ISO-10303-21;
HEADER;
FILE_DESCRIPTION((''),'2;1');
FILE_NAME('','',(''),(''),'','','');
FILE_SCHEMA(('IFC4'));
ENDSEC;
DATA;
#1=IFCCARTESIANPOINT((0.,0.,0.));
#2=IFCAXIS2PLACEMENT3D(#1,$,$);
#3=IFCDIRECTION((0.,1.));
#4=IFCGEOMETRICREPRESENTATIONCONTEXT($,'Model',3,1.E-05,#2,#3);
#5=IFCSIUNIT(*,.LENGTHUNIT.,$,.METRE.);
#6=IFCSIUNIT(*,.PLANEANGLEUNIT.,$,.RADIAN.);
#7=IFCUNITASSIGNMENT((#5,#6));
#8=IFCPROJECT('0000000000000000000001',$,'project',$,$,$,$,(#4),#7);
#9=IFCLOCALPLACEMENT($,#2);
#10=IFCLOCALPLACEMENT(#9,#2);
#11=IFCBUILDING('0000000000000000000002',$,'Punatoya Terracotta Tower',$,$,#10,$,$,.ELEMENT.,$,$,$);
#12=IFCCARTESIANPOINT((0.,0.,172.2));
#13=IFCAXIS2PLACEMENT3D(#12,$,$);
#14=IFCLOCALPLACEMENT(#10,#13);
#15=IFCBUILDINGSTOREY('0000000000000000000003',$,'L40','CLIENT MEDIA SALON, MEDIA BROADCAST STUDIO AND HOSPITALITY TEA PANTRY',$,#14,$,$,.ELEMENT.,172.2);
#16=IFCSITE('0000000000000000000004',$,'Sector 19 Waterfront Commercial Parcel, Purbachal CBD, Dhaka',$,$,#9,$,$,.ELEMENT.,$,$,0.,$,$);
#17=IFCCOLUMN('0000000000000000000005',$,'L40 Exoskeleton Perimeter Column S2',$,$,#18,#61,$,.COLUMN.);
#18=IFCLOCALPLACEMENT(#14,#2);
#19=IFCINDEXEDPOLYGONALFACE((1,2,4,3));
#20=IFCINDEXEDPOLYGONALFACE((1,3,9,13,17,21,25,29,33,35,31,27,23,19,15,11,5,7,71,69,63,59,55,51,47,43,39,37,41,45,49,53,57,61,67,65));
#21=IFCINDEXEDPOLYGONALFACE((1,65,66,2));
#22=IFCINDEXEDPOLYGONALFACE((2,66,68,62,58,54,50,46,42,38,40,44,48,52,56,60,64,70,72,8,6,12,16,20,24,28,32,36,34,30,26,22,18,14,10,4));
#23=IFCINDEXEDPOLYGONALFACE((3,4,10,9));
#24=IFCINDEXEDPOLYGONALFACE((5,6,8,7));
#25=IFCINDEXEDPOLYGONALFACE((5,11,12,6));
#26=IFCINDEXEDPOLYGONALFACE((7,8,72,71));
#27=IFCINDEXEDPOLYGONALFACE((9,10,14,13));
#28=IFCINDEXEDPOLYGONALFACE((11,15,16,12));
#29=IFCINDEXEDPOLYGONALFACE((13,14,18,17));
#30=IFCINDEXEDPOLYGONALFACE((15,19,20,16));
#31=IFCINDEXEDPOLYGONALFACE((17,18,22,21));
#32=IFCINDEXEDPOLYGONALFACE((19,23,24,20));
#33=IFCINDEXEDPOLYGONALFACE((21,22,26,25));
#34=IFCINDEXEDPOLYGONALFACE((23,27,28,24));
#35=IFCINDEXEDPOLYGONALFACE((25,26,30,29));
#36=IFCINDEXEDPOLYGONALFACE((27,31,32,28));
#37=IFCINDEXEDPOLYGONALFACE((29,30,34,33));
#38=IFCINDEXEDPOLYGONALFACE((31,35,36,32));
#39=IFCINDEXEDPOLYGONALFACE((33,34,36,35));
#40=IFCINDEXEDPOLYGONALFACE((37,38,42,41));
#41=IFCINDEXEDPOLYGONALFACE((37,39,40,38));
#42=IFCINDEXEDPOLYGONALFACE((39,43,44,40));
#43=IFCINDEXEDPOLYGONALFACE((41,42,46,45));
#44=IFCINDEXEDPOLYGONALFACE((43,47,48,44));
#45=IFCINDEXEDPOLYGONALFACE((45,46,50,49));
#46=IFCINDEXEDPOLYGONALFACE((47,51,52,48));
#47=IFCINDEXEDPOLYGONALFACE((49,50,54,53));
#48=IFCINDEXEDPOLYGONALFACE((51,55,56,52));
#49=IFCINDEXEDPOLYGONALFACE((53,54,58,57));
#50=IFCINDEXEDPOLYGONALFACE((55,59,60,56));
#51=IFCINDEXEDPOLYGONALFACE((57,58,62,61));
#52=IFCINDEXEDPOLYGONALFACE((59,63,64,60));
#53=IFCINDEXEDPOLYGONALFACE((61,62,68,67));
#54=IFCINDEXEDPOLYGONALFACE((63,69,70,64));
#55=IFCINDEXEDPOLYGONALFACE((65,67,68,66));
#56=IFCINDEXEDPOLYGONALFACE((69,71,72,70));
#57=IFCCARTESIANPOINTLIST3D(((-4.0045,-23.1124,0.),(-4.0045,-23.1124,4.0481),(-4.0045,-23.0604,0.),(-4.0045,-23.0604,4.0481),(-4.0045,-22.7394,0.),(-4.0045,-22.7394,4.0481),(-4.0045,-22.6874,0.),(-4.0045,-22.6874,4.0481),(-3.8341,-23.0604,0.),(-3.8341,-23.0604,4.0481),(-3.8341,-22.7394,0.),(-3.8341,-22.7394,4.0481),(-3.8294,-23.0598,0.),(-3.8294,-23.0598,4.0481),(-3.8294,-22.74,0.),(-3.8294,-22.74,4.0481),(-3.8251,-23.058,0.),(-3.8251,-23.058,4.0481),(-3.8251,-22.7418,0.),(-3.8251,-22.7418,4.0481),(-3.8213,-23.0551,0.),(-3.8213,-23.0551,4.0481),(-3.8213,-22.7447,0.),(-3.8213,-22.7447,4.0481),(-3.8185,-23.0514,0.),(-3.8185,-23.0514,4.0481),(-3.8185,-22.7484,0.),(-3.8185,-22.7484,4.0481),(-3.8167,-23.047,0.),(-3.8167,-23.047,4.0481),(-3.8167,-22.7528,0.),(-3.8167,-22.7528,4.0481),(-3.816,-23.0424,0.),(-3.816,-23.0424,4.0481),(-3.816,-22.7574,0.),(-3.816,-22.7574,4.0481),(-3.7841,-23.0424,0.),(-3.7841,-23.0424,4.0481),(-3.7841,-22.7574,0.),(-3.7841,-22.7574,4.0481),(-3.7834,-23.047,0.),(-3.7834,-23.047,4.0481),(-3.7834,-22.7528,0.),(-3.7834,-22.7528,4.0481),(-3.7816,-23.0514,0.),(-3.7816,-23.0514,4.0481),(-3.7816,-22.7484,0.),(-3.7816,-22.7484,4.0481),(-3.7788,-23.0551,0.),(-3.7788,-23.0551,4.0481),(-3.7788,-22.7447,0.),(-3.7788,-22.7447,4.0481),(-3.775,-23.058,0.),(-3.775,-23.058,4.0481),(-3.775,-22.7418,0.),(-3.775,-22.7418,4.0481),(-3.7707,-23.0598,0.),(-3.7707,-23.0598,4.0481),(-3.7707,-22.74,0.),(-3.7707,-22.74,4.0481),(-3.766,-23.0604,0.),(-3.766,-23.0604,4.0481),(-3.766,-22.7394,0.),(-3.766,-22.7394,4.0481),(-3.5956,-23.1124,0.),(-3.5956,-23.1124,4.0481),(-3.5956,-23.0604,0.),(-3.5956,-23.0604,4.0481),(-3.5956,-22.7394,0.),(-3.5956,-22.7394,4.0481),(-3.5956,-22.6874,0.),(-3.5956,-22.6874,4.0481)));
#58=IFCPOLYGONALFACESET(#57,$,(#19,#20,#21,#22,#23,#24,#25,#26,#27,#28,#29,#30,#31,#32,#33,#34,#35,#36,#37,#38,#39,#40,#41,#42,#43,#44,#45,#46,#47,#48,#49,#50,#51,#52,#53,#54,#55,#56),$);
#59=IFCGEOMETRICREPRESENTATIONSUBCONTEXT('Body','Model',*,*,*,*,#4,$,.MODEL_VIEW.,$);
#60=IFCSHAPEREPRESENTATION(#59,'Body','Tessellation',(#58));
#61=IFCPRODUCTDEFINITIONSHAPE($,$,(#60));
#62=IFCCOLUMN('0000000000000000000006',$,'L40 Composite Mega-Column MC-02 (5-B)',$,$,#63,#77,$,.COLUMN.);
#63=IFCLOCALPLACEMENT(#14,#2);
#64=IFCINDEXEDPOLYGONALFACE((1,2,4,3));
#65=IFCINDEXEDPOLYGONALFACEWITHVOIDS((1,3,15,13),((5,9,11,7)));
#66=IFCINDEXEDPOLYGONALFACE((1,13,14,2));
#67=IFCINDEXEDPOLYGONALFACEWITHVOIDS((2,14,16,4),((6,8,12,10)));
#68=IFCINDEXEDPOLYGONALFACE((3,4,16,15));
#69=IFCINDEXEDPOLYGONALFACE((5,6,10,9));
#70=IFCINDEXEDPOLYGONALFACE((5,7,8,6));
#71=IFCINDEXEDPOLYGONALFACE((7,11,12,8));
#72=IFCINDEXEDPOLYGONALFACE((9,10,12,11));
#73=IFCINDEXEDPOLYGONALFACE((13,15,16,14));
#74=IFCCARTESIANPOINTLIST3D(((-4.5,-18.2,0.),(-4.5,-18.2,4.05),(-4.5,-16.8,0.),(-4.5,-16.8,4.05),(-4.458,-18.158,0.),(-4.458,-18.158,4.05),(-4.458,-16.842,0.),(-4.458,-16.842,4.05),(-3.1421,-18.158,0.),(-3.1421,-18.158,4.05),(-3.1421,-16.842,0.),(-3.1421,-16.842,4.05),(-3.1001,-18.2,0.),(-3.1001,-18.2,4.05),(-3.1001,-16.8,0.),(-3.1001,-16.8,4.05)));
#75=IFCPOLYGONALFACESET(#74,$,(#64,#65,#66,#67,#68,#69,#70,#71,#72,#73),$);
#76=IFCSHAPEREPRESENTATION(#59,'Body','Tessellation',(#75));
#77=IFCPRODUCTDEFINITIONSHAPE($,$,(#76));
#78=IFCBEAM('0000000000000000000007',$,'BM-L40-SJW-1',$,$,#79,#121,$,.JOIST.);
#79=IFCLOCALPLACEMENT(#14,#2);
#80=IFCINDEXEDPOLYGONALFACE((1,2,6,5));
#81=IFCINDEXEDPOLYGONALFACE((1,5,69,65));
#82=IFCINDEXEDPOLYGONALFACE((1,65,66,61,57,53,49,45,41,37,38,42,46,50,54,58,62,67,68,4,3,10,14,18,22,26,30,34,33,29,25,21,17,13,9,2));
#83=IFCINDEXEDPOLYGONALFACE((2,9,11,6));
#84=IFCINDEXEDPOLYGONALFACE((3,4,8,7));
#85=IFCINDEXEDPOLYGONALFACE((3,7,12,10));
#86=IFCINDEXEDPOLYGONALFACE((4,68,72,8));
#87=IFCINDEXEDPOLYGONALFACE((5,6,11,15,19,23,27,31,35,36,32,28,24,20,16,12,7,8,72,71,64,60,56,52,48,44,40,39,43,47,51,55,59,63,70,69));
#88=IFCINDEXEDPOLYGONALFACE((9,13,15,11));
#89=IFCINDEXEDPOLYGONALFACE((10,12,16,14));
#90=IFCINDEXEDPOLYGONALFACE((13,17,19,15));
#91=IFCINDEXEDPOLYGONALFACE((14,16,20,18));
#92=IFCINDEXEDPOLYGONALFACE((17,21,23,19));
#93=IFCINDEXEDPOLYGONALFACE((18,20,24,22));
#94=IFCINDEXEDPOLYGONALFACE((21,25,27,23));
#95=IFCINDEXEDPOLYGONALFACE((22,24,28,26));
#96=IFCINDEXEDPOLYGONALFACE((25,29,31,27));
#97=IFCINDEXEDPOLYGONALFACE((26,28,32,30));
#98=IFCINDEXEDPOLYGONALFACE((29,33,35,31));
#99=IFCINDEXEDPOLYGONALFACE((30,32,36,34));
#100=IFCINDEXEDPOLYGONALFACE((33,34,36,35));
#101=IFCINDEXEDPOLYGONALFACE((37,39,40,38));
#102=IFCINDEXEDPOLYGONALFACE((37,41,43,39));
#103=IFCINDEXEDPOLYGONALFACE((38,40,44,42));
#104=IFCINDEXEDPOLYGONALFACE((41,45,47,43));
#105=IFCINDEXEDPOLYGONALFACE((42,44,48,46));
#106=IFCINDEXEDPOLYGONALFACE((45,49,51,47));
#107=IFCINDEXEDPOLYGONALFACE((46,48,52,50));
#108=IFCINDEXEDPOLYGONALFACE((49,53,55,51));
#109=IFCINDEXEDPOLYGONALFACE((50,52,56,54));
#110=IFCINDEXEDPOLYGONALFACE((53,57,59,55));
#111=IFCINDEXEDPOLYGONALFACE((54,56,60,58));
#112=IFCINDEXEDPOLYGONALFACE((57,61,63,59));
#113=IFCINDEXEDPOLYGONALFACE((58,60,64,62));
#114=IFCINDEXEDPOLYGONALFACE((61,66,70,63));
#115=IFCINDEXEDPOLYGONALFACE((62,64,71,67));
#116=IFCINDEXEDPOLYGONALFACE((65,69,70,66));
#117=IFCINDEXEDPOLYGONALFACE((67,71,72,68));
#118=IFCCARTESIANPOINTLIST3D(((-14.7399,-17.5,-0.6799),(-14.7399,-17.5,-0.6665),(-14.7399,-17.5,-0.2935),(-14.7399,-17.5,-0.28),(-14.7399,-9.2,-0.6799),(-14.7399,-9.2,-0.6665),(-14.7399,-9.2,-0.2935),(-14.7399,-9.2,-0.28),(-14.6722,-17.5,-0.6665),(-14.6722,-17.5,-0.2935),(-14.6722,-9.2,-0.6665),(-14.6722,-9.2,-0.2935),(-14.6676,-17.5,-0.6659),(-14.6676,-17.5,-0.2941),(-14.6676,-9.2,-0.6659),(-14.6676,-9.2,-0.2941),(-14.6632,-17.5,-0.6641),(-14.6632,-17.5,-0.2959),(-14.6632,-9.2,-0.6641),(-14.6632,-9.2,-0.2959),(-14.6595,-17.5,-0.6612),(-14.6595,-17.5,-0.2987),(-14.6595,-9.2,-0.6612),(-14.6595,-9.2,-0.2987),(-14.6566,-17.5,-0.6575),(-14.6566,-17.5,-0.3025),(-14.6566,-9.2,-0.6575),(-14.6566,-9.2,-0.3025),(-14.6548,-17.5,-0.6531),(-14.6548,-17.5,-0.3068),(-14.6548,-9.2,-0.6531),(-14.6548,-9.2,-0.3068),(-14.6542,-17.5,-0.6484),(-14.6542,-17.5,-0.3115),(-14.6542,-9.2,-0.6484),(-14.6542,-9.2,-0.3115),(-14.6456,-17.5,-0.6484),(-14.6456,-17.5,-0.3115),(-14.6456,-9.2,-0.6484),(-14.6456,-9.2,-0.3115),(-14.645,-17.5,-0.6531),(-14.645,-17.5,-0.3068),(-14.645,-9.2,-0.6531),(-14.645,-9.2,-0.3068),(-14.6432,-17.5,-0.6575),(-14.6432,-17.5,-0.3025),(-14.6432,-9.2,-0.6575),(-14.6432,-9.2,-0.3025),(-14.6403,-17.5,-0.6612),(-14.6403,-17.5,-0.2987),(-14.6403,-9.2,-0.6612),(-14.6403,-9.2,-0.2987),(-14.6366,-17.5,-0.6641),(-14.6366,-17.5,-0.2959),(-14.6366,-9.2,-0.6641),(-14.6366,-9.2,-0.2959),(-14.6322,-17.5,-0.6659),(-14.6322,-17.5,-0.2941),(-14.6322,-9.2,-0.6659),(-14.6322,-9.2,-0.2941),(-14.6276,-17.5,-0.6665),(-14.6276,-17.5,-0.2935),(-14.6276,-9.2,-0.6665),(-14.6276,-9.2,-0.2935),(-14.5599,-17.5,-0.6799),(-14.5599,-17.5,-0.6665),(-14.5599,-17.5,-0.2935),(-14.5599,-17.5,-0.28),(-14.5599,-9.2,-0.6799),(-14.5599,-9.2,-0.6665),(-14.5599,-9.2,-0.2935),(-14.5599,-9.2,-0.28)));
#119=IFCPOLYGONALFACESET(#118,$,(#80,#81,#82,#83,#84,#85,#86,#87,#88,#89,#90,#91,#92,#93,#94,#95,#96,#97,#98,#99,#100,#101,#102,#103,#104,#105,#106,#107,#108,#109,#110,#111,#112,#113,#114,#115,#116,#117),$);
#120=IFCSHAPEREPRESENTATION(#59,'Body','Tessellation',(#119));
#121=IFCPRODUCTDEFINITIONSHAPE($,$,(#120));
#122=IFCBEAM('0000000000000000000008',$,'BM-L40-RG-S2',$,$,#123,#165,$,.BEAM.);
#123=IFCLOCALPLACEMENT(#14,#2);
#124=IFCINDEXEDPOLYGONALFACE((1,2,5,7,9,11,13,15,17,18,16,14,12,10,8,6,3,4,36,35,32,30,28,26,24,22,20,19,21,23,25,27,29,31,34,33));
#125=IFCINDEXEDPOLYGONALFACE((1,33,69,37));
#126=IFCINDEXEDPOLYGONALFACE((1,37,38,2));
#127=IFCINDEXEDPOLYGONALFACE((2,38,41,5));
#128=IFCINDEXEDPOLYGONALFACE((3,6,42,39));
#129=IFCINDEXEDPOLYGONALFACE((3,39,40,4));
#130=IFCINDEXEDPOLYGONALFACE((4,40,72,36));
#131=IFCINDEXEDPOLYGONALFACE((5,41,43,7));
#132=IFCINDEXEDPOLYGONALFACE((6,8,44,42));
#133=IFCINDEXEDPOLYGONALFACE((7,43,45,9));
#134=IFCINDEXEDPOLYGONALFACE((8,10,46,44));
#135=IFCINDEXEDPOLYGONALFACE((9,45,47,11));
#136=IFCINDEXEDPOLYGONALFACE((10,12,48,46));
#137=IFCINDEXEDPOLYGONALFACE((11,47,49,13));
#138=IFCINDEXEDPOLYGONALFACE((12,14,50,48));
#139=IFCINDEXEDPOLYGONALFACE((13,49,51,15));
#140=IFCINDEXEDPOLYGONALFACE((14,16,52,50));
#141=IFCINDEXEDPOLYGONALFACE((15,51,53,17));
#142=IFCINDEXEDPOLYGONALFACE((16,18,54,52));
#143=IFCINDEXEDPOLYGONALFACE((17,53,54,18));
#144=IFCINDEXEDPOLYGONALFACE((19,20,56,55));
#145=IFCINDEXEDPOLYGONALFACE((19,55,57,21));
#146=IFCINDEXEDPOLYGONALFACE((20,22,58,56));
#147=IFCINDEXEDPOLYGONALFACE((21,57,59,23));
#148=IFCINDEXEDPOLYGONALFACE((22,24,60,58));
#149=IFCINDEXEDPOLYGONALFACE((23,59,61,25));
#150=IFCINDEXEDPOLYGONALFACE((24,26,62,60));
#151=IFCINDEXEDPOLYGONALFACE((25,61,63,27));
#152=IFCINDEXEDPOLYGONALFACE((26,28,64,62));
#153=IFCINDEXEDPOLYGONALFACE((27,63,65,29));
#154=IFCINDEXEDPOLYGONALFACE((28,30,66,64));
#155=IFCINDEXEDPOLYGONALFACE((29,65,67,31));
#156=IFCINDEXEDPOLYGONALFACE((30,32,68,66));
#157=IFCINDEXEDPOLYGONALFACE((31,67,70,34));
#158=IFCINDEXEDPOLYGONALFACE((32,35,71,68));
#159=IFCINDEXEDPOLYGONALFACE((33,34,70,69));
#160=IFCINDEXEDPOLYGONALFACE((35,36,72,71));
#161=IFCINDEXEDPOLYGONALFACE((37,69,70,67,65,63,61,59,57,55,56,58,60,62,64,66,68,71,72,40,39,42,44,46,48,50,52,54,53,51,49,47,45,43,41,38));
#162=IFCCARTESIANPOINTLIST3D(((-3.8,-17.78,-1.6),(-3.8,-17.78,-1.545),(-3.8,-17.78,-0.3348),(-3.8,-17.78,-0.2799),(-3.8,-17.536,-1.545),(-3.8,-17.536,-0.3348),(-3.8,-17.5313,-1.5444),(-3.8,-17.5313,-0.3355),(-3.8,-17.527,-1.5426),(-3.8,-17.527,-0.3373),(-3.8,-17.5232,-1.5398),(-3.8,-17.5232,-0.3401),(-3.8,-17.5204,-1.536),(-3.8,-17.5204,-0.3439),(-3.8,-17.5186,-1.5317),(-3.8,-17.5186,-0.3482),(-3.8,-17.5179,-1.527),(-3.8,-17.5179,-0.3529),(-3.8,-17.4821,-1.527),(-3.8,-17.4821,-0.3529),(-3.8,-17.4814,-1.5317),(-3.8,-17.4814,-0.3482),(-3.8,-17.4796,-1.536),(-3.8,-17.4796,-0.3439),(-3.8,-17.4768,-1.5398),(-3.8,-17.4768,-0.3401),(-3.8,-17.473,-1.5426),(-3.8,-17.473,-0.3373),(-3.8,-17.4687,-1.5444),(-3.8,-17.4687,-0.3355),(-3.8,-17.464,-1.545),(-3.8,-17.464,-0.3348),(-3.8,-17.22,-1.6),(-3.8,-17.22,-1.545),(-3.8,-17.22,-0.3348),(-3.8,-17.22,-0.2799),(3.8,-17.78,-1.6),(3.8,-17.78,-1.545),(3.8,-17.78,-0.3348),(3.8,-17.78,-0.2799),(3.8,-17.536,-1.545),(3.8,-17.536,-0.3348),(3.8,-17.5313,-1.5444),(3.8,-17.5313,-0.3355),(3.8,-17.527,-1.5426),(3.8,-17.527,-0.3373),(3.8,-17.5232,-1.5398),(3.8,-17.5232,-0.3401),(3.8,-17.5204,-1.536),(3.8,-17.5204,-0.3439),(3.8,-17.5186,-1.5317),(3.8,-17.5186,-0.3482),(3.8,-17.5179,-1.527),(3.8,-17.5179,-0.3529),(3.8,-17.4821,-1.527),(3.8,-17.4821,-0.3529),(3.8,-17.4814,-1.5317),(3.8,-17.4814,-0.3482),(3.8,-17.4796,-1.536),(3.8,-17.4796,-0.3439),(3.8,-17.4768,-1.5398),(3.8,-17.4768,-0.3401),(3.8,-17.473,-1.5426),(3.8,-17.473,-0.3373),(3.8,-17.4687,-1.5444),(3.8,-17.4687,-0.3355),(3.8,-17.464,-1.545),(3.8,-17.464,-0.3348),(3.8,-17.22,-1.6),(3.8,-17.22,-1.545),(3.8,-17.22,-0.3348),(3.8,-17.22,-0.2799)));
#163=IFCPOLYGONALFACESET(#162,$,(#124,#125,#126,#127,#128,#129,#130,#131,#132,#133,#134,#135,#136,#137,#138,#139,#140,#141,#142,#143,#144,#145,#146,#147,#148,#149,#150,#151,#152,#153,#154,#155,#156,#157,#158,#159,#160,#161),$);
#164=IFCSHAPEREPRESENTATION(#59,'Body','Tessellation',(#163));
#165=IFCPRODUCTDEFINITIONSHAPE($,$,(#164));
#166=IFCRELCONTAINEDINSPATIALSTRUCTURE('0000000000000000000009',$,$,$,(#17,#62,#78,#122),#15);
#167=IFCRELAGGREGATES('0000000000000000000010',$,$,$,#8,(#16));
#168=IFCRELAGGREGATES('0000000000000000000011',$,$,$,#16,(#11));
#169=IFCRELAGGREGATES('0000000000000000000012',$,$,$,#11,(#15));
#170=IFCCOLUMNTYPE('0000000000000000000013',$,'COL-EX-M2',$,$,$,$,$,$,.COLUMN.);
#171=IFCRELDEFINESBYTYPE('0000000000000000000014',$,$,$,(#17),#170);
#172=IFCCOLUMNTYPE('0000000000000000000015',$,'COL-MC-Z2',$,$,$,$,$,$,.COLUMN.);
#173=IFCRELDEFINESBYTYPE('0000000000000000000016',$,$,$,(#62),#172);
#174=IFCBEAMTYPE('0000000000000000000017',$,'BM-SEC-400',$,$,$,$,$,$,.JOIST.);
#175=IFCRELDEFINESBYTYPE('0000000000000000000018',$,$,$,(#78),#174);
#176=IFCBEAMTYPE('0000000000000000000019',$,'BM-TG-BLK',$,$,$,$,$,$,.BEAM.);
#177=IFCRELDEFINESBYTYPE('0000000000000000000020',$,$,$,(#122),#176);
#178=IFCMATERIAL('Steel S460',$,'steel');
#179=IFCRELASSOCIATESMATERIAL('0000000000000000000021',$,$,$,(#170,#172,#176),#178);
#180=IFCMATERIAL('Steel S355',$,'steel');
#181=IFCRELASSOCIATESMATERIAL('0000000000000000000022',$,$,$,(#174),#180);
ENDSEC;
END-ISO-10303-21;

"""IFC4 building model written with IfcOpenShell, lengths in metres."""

from ifc_helpers import new_model, si_unit, direction, frame, origin, origin_2d, place, context, subcontext, project, spatial, hollow_rectangle, i_section, extrude, material, material_profile, profile_set, type_object, element, save


model = new_model("IFC4")

# Units and contexts
model_context = context("Model", 3, precision=1e-05, world=origin(), true_north=direction((0.0, 1.0)))
body_context = subcontext(model_context, "Body", "Model", "MODEL_VIEW")
ifc_project = project(units=[si_unit("LENGTHUNIT", "METRE"), si_unit("PLANEANGLEUNIT", "RADIAN")], contexts=[model_context])

# Site, building, storey
site_placement = place(None, origin())
site = spatial("IfcSite", under=ifc_project, at=site_placement, Name="Sector 19 Waterfront Commercial Parcel, Purbachal CBD, Dhaka", CompositionType="ELEMENT", RefElevation=0.0)
building_placement = place(site_placement, origin())
building = spatial("IfcBuilding", under=site, at=building_placement, Name="Punatoya Terracotta Tower", CompositionType="ELEMENT")
storey_placement = place(building_placement, frame((0.0, 0.0, 172.2)))
storey = spatial("IfcBuildingStorey", under=building, at=storey_placement, Name="L40", Description="CLIENT MEDIA SALON, MEDIA BROADCAST STUDIO AND HOSPITALITY TEA PANTRY", CompositionType="ELEMENT", Elevation=172.2)

# Columns
ifc_material_1 = material(Name="Steel S460", Category="steel")
ifc_material_profile_1 = material_profile(ifc_material_1, i_section(OverallWidth=0.4089, OverallDepth=0.425, WebThickness=0.032, FlangeThickness=0.052, FilletRadius=0.0181, at=origin_2d()))
ifc_profile_set_1 = profile_set([ifc_material_profile_1], Name="Steel S460")
column_type_1 = type_object("IfcColumnType", Name="COL-EX-M2", PredefinedType="COLUMN", material=ifc_profile_set_1)
column_1_placement = place(storey_placement, frame((-3.8, -22.8999, 0.0), z_axis=(0.0, 0.0, 1.0), x_axis=(1.0, 0.0, 0.0)))
element("IfcColumn", 1, at=column_1_placement, inside=storey, type_object=column_type_1, Name="L40 Exoskeleton Perimeter Column S2", PredefinedType="COLUMN", context=body_context, shape_type="SweptSolid", body=[
    extrude(i_section(OverallWidth=0.4089, OverallDepth=0.425, WebThickness=0.032, FlangeThickness=0.052, FilletRadius=0.0181, at=origin_2d()), origin(), (0.0, 0.0, 1.0), 4.0481),
])
ifc_material_profile_2 = material_profile(ifc_material_1, hollow_rectangle(XDim=1.3999, YDim=1.3999, WallThickness=0.042, at=origin_2d()))
ifc_profile_set_2 = profile_set([ifc_material_profile_2], Name="Steel S460")
column_type_2 = type_object("IfcColumnType", Name="COL-MC-Z2", PredefinedType="COLUMN", material=ifc_profile_set_2)
column_2_placement = place(storey_placement, frame((-3.8, -17.5, 0.0), z_axis=(0.0, 0.0, 1.0), x_axis=(1.0, 0.0, 0.0)))
element("IfcColumn", 2, at=column_2_placement, inside=storey, type_object=column_type_2, Name="L40 Composite Mega-Column MC-02 (5-B)", PredefinedType="COLUMN", context=body_context, shape_type="SweptSolid", body=[
    extrude(hollow_rectangle(XDim=1.3999, YDim=1.3999, WallThickness=0.042, at=origin_2d()), origin(), (0.0, 0.0, 1.0), 4.05),
])

# Beams
ifc_material_2 = material(Name="Steel S355", Category="steel")
ifc_material_profile_3 = material_profile(ifc_material_2, i_section(OverallWidth=0.1799, OverallDepth=0.3999, WebThickness=0.0085, FlangeThickness=0.0134, FilletRadius=0.0181, at=origin_2d()))
ifc_profile_set_3 = profile_set([ifc_material_profile_3], Name="Steel S355")
beam_type_1 = type_object("IfcBeamType", Name="BM-SEC-400", PredefinedType="JOIST", material=ifc_profile_set_3)
beam_1_placement = place(storey_placement, frame((-14.6499, -17.5, -0.48), z_axis=(0.0, 1.0, 0.0), x_axis=(-1.0, 0.0, 0.0)))
element("IfcBeam", 3, at=beam_1_placement, inside=storey, type_object=beam_type_1, Name="BM-L40-SJW-1", PredefinedType="JOIST", context=body_context, shape_type="SweptSolid", body=[
    extrude(i_section(OverallWidth=0.1799, OverallDepth=0.3999, WebThickness=0.0085, FlangeThickness=0.0134, FilletRadius=0.0181, at=origin_2d()), origin(), (0.0, 0.0, 1.0), 8.3),
])
ifc_material_profile_4 = material_profile(ifc_material_1, i_section(OverallWidth=0.5601, OverallDepth=1.3201, WebThickness=0.0359, FlangeThickness=0.0549, FilletRadius=0.0181, at=origin_2d()))
ifc_profile_set_4 = profile_set([ifc_material_profile_4], Name="Steel S460")
beam_type_2 = type_object("IfcBeamType", Name="BM-TG-BLK", PredefinedType="BEAM", material=ifc_profile_set_4)
beam_2_placement = place(storey_placement, frame((-3.8, -17.5, -0.9399), z_axis=(1.0, 0.0, 0.0), x_axis=(0.0, 1.0, 0.0)))
element("IfcBeam", 4, at=beam_2_placement, inside=storey, type_object=beam_type_2, Name="BM-L40-RG-S2", PredefinedType="BEAM", context=body_context, shape_type="SweptSolid", body=[
    extrude(i_section(OverallWidth=0.5601, OverallDepth=1.3201, WebThickness=0.0359, FlangeThickness=0.0549, FilletRadius=0.0181, at=origin_2d()), origin(), (0.0, 0.0, 1.0), 7.6001),
])

save(model, "model.ifc")
